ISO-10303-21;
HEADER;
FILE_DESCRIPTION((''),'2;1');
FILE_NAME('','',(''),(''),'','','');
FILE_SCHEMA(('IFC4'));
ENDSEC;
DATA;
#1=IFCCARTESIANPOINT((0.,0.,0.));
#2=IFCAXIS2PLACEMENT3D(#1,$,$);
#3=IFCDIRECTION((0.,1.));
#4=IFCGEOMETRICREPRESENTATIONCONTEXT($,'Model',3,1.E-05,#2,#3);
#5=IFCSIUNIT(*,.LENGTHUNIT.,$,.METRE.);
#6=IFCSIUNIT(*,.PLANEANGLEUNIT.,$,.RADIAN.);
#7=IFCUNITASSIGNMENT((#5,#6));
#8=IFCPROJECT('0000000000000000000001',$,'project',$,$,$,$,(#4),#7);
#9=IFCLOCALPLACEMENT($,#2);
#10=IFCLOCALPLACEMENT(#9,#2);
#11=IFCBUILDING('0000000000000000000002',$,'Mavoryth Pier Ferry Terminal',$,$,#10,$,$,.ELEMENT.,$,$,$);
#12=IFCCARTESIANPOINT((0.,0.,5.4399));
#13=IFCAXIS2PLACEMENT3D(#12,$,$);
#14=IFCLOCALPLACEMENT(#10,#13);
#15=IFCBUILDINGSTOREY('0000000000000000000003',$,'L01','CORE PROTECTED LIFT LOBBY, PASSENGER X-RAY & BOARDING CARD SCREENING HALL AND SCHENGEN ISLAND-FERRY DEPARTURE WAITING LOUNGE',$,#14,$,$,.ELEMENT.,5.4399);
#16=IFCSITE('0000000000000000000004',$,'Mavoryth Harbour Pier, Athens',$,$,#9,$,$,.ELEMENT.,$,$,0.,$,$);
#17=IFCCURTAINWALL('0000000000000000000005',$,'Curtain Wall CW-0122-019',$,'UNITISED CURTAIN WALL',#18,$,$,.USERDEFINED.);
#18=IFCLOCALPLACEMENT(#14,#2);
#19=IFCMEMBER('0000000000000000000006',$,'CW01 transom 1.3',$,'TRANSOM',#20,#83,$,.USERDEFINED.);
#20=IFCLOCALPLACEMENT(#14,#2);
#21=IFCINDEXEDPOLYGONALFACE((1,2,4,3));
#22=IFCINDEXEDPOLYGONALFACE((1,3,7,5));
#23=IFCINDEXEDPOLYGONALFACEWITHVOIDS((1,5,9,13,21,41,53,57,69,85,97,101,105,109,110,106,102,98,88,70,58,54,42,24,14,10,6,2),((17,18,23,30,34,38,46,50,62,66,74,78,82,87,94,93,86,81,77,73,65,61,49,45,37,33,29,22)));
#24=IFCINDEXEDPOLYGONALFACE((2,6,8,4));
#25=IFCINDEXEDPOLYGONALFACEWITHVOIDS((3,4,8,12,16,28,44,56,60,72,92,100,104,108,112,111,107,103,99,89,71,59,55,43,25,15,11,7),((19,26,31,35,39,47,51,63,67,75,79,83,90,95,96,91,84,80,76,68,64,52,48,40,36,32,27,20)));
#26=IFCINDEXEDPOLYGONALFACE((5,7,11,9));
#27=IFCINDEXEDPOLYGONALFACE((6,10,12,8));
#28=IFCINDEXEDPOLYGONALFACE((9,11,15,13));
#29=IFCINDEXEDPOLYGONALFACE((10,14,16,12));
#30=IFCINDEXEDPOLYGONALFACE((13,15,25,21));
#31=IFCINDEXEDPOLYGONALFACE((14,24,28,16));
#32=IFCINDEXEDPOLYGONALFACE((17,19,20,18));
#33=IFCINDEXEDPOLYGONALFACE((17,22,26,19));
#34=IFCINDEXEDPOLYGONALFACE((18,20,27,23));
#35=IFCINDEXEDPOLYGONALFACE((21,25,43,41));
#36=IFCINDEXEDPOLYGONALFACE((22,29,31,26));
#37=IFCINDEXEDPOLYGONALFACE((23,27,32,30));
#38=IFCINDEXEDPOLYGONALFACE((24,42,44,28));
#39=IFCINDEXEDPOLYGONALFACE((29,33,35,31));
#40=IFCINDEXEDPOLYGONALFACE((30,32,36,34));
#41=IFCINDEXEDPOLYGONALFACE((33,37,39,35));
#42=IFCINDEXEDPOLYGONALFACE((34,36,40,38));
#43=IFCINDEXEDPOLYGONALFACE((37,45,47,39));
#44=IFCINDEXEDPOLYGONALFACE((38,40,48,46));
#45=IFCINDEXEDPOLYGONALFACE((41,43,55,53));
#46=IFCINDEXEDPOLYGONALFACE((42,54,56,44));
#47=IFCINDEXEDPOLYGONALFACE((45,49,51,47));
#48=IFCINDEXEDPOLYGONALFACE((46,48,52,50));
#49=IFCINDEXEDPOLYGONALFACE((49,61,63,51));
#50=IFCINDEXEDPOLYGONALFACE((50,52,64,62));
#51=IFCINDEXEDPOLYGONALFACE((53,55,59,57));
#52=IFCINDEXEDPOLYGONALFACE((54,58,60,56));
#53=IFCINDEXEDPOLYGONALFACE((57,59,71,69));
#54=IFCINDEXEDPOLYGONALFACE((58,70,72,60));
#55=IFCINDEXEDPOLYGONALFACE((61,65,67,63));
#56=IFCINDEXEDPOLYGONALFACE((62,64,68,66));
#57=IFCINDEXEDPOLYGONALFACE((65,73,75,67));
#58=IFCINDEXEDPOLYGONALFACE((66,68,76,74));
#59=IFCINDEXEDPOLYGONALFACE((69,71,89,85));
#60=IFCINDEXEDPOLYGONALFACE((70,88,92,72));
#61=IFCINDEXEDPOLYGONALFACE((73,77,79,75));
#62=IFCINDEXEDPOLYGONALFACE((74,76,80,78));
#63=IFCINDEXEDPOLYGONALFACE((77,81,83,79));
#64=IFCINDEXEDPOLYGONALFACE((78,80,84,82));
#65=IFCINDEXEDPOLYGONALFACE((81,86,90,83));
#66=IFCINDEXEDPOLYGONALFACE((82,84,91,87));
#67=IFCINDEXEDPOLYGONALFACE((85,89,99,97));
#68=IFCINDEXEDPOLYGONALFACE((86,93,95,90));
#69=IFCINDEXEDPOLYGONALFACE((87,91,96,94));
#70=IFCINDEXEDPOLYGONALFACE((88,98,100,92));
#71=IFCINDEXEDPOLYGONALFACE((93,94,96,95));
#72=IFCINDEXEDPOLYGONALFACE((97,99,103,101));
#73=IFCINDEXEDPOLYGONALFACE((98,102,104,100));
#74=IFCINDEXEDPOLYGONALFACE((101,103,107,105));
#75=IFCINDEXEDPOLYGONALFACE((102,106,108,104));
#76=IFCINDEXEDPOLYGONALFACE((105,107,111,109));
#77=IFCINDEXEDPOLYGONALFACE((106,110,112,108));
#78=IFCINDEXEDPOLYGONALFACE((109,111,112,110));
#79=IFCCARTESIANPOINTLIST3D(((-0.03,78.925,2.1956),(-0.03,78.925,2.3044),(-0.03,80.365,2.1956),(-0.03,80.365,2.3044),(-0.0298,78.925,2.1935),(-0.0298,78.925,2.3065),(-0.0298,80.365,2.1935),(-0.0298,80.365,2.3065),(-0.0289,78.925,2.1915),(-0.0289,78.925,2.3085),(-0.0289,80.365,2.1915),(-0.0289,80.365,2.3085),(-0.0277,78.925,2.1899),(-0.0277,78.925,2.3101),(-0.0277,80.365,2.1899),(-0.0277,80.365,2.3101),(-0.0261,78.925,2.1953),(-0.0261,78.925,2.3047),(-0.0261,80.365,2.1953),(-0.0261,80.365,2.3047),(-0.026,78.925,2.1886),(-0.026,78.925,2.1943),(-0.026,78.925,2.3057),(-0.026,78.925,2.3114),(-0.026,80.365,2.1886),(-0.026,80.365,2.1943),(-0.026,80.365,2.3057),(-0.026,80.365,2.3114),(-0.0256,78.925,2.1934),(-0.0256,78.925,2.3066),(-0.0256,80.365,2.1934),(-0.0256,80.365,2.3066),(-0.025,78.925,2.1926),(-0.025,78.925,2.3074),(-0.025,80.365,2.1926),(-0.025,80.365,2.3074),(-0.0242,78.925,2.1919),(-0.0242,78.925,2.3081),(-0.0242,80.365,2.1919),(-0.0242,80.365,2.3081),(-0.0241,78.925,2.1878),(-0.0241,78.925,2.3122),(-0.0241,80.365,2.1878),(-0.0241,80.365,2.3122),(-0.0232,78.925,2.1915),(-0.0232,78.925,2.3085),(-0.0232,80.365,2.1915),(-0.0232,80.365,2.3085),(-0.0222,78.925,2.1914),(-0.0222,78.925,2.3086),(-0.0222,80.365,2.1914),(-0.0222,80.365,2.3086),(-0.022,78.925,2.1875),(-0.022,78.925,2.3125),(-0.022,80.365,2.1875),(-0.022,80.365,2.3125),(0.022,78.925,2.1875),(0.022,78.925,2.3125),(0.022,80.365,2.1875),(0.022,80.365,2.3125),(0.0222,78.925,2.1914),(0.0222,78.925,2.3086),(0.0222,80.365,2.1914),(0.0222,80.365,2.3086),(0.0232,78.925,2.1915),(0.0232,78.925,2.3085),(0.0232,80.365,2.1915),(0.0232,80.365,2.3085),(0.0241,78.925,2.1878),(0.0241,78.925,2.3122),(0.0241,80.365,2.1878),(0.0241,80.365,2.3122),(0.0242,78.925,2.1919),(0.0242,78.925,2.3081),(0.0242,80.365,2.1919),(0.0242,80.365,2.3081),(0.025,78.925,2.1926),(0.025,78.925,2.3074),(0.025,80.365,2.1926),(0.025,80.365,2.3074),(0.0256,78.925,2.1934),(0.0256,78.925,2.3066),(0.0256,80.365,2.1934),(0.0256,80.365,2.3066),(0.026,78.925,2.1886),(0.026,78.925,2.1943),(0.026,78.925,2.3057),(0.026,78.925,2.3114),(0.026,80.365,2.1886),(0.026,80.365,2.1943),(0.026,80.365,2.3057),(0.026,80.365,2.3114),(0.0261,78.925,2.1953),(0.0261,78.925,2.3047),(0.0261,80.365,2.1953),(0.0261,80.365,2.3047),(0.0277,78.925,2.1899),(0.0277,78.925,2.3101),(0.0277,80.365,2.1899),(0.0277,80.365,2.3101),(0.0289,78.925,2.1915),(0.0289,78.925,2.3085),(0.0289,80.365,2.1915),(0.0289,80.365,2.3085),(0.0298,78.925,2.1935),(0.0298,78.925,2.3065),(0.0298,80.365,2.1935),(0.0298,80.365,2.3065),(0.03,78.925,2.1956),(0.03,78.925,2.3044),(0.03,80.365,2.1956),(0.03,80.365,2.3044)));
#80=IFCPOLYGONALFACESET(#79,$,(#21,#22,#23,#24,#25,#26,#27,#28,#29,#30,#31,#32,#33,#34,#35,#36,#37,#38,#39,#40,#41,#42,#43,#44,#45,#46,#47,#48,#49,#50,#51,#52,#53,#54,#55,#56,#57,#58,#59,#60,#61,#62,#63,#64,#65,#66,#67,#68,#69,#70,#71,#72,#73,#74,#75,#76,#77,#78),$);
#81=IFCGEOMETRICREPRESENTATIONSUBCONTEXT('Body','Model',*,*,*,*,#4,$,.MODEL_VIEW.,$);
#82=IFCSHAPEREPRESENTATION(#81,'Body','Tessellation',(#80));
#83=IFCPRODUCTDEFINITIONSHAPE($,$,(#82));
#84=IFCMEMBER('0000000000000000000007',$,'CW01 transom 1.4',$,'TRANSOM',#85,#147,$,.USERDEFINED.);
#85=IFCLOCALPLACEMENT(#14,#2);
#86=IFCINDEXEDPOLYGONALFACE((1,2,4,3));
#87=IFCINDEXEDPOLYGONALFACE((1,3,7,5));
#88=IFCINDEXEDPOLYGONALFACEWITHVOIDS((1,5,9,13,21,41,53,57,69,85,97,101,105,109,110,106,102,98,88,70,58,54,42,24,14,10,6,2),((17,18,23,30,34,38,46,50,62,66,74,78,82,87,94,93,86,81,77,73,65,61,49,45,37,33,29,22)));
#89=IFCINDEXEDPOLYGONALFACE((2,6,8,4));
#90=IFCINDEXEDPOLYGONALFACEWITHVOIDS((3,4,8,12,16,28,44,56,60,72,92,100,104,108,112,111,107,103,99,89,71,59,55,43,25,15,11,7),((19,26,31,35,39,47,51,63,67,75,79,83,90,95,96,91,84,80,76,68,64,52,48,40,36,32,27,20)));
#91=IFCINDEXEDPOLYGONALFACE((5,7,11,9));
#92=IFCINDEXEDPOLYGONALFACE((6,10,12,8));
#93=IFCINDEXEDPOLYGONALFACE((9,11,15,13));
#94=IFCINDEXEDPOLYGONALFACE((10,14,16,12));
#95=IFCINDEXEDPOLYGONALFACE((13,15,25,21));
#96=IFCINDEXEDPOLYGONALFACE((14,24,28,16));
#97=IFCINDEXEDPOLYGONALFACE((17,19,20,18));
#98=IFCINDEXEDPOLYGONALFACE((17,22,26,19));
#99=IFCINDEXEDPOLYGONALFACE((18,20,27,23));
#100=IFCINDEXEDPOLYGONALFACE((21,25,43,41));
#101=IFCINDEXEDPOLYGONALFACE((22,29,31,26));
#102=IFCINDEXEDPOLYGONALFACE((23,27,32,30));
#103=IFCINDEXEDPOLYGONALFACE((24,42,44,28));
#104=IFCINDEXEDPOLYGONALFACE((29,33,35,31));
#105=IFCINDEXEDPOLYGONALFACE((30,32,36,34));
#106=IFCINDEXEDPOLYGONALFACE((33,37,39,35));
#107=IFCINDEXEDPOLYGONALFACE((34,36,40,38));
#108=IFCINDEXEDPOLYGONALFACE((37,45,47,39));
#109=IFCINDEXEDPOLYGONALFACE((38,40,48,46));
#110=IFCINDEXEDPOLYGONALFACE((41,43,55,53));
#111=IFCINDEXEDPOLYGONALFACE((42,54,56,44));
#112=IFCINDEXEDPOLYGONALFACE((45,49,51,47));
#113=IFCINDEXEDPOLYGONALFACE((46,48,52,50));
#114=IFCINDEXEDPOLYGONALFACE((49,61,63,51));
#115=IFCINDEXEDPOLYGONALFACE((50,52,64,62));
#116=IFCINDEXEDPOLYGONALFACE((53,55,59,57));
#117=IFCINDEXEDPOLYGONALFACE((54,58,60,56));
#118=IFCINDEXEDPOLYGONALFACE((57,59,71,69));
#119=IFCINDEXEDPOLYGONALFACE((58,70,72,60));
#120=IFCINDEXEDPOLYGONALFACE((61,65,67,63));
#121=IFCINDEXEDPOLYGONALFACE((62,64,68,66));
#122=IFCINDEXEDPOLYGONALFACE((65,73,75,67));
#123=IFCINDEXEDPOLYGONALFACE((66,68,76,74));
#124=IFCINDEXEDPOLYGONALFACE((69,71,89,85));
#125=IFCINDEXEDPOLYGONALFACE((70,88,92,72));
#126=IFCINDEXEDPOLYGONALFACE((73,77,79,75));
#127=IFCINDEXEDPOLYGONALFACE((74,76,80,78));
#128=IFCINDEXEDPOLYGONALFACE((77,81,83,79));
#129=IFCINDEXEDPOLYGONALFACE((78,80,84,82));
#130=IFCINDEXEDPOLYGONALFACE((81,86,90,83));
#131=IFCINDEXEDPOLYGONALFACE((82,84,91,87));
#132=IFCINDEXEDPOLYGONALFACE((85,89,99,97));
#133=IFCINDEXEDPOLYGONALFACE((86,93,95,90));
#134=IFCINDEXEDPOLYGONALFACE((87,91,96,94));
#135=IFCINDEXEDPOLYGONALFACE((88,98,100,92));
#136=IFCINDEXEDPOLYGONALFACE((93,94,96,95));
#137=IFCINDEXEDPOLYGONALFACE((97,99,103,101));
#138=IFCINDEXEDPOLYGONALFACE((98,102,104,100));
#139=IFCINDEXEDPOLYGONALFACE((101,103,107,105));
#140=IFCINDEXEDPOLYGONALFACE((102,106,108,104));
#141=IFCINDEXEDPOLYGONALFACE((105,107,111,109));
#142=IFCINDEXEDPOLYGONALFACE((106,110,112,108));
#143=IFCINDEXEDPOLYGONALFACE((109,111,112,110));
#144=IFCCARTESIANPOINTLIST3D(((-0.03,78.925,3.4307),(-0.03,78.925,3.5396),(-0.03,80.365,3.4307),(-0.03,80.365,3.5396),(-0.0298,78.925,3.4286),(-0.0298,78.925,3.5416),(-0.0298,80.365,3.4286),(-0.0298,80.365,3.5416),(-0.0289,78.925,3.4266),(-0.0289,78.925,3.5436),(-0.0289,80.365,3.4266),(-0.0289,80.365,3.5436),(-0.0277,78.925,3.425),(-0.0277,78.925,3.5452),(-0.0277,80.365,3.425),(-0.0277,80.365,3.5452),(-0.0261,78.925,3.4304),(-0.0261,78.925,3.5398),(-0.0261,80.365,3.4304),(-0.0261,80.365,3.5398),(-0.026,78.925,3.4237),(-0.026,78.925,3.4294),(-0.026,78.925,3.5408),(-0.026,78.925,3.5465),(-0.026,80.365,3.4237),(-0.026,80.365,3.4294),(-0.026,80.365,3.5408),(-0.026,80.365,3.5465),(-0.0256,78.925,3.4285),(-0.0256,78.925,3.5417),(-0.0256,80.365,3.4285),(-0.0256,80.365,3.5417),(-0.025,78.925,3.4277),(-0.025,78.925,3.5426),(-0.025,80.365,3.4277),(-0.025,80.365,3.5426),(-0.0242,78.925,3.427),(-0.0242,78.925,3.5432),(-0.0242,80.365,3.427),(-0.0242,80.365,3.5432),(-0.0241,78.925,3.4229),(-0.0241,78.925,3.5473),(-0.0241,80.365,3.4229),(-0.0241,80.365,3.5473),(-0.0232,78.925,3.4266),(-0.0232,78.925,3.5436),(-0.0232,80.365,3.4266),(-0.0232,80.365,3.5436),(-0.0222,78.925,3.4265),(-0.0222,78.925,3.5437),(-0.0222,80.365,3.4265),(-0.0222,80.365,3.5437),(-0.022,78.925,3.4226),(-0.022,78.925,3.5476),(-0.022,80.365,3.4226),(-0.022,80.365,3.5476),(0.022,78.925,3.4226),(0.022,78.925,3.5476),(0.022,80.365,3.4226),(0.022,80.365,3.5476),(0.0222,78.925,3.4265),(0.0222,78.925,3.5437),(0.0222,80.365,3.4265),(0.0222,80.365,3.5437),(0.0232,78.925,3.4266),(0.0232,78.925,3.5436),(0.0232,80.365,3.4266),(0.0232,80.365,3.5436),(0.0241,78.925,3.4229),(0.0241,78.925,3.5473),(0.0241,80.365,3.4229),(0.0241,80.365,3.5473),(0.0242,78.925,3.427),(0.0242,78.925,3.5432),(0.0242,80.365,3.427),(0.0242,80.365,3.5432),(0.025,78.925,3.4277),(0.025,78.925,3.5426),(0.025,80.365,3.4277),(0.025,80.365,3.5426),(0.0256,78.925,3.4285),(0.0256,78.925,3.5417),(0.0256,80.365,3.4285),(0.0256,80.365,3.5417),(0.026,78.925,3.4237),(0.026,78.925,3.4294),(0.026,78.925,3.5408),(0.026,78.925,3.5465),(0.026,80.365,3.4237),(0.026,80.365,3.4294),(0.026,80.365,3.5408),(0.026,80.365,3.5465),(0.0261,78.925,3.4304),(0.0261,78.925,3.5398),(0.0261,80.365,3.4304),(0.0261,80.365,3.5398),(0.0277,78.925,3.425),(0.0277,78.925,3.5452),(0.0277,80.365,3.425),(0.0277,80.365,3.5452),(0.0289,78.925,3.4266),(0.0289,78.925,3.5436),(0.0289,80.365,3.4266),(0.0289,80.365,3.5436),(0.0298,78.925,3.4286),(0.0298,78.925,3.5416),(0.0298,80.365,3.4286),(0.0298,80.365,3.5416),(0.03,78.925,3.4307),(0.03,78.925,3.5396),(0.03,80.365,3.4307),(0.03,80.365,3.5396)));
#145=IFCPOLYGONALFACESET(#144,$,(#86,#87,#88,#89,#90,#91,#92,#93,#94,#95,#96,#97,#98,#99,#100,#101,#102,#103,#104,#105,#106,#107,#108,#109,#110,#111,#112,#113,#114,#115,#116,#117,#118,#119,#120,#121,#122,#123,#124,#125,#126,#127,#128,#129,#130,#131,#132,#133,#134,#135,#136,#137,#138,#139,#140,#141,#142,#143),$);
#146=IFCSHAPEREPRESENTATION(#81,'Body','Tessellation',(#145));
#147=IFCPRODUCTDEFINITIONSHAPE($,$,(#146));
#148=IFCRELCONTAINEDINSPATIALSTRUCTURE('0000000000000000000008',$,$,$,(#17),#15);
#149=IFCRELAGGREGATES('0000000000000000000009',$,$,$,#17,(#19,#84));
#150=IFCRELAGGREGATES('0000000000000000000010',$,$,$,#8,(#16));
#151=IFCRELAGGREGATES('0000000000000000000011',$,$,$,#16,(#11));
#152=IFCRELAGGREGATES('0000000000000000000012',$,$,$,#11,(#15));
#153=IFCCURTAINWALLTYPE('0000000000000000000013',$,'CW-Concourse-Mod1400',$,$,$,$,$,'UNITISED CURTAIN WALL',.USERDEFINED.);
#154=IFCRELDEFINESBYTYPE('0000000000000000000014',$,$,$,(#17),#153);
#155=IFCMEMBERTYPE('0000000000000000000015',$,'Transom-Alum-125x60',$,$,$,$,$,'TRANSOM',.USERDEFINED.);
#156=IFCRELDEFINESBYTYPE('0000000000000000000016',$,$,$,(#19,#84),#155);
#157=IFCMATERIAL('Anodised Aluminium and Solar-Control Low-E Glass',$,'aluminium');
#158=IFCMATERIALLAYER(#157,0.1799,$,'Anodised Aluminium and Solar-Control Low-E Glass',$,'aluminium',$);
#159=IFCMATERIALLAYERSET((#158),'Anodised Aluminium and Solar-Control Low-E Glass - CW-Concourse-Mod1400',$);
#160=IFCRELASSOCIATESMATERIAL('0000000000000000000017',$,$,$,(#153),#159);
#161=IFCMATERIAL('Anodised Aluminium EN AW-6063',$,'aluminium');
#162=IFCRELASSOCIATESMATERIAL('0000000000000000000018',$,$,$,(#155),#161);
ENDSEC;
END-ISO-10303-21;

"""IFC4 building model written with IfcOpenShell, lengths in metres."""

from ifc_helpers import new_model, si_unit, direction, frame, origin, origin_2d, place, context, subcontext, project, spatial, hollow_rectangle, extrude, material, layer, layer_set, material_profile, profile_set, type_object, element, aggregate, save


model = new_model("IFC4")

# Units and contexts
model_context = context("Model", 3, precision=1e-05, world=origin(), true_north=direction((0.0, 1.0)))
body_context = subcontext(model_context, "Body", "Model", "MODEL_VIEW")
ifc_project = project(units=[si_unit("LENGTHUNIT", "METRE"), si_unit("PLANEANGLEUNIT", "RADIAN")], contexts=[model_context])

# Site, building, storey
site_placement = place(None, origin())
site = spatial("IfcSite", under=ifc_project, at=site_placement, Name="Mavoryth Harbour Pier, Athens", CompositionType="ELEMENT", RefElevation=0.0)
building_placement = place(site_placement, origin())
building = spatial("IfcBuilding", under=site, at=building_placement, Name="Mavoryth Pier Ferry Terminal", CompositionType="ELEMENT")
storey_placement = place(building_placement, frame((0.0, 0.0, 5.4399)))
storey = spatial("IfcBuildingStorey", under=building, at=storey_placement, Name="L01", Description="CORE PROTECTED LIFT LOBBY, PASSENGER X-RAY & BOARDING CARD SCREENING HALL AND SCHENGEN ISLAND-FERRY DEPARTURE WAITING LOUNGE", CompositionType="ELEMENT", Elevation=5.4399)

# Curtain wall
ifc_material_1 = material(Name="Anodised Aluminium and Solar-Control Low-E Glass", Category="aluminium")
ifc_layer_1 = layer(ifc_material_1, 0.1799, Name="Anodised Aluminium and Solar-Control Low-E Glass", Category="aluminium")
ifc_layer_set_1 = layer_set([ifc_layer_1], Name="Anodised Aluminium and Solar-Control Low-E Glass - CW-Concourse-Mod1400")
curtain_wall_type = type_object("IfcCurtainWallType", Name="CW-Concourse-Mod1400", ElementType="UNITISED CURTAIN WALL", PredefinedType="USERDEFINED", material=ifc_layer_set_1)
curtain_wall_1_placement = place(storey_placement, origin())
curtain_wall_1 = element("IfcCurtainWall", 1, at=curtain_wall_1_placement, inside=storey, type_object=curtain_wall_type, Name="Curtain Wall CW-0122-019", ObjectType="UNITISED CURTAIN WALL", PredefinedType="USERDEFINED")
ifc_material_2 = material(Name="Anodised Aluminium EN AW-6063", Category="aluminium")

# Members
ifc_material_profile_1 = material_profile(ifc_material_2, hollow_rectangle(XDim=0.0601, YDim=0.125, WallThickness=0.0039, InnerFilletRadius=0.0039, OuterFilletRadius=0.0081, at=origin_2d()), Name="AL-TRAN 125x60x4", Category="aluminium")
ifc_profile_set_1 = profile_set([ifc_material_profile_1], Name="Anodised Aluminium EN AW-6063 - AL-TRAN 125x60x4")
member_type_1 = type_object("IfcMemberType", Name="Transom-Alum-125x60", ElementType="TRANSOM", PredefinedType="USERDEFINED", material=ifc_profile_set_1)
member_1_placement = place(storey_placement, frame((0.0, 80.365, 2.25), z_axis=(0.0, -1.0, 0.0), x_axis=(1.0, 0.0, 0.0)))
member_1 = element("IfcMember", 2, at=member_1_placement, type_object=member_type_1, Name="CW01 transom 1.3", ObjectType="TRANSOM", PredefinedType="USERDEFINED", context=body_context, shape_type="SweptSolid", body=[
    extrude(hollow_rectangle(XDim=0.0601, YDim=0.125, WallThickness=0.0039, InnerFilletRadius=0.0039, OuterFilletRadius=0.0081, at=origin_2d()), origin(), (0.0, 0.0, 1.0), 1.4399),
])
member_2_placement = place(storey_placement, frame((0.0, 80.365, 3.4851), z_axis=(0.0, -1.0, 0.0), x_axis=(1.0, 0.0, 0.0)))
member_2 = element("IfcMember", 3, at=member_2_placement, type_object=member_type_1, Name="CW01 transom 1.4", ObjectType="TRANSOM", PredefinedType="USERDEFINED", context=body_context, shape_type="SweptSolid", body=[
    extrude(hollow_rectangle(XDim=0.0601, YDim=0.125, WallThickness=0.0039, InnerFilletRadius=0.0039, OuterFilletRadius=0.0081, at=origin_2d()), origin(), (0.0, 0.0, 1.0), 1.4399),
])

aggregate(curtain_wall_1, [member_1, member_2])

save(model, "model.ifc")
